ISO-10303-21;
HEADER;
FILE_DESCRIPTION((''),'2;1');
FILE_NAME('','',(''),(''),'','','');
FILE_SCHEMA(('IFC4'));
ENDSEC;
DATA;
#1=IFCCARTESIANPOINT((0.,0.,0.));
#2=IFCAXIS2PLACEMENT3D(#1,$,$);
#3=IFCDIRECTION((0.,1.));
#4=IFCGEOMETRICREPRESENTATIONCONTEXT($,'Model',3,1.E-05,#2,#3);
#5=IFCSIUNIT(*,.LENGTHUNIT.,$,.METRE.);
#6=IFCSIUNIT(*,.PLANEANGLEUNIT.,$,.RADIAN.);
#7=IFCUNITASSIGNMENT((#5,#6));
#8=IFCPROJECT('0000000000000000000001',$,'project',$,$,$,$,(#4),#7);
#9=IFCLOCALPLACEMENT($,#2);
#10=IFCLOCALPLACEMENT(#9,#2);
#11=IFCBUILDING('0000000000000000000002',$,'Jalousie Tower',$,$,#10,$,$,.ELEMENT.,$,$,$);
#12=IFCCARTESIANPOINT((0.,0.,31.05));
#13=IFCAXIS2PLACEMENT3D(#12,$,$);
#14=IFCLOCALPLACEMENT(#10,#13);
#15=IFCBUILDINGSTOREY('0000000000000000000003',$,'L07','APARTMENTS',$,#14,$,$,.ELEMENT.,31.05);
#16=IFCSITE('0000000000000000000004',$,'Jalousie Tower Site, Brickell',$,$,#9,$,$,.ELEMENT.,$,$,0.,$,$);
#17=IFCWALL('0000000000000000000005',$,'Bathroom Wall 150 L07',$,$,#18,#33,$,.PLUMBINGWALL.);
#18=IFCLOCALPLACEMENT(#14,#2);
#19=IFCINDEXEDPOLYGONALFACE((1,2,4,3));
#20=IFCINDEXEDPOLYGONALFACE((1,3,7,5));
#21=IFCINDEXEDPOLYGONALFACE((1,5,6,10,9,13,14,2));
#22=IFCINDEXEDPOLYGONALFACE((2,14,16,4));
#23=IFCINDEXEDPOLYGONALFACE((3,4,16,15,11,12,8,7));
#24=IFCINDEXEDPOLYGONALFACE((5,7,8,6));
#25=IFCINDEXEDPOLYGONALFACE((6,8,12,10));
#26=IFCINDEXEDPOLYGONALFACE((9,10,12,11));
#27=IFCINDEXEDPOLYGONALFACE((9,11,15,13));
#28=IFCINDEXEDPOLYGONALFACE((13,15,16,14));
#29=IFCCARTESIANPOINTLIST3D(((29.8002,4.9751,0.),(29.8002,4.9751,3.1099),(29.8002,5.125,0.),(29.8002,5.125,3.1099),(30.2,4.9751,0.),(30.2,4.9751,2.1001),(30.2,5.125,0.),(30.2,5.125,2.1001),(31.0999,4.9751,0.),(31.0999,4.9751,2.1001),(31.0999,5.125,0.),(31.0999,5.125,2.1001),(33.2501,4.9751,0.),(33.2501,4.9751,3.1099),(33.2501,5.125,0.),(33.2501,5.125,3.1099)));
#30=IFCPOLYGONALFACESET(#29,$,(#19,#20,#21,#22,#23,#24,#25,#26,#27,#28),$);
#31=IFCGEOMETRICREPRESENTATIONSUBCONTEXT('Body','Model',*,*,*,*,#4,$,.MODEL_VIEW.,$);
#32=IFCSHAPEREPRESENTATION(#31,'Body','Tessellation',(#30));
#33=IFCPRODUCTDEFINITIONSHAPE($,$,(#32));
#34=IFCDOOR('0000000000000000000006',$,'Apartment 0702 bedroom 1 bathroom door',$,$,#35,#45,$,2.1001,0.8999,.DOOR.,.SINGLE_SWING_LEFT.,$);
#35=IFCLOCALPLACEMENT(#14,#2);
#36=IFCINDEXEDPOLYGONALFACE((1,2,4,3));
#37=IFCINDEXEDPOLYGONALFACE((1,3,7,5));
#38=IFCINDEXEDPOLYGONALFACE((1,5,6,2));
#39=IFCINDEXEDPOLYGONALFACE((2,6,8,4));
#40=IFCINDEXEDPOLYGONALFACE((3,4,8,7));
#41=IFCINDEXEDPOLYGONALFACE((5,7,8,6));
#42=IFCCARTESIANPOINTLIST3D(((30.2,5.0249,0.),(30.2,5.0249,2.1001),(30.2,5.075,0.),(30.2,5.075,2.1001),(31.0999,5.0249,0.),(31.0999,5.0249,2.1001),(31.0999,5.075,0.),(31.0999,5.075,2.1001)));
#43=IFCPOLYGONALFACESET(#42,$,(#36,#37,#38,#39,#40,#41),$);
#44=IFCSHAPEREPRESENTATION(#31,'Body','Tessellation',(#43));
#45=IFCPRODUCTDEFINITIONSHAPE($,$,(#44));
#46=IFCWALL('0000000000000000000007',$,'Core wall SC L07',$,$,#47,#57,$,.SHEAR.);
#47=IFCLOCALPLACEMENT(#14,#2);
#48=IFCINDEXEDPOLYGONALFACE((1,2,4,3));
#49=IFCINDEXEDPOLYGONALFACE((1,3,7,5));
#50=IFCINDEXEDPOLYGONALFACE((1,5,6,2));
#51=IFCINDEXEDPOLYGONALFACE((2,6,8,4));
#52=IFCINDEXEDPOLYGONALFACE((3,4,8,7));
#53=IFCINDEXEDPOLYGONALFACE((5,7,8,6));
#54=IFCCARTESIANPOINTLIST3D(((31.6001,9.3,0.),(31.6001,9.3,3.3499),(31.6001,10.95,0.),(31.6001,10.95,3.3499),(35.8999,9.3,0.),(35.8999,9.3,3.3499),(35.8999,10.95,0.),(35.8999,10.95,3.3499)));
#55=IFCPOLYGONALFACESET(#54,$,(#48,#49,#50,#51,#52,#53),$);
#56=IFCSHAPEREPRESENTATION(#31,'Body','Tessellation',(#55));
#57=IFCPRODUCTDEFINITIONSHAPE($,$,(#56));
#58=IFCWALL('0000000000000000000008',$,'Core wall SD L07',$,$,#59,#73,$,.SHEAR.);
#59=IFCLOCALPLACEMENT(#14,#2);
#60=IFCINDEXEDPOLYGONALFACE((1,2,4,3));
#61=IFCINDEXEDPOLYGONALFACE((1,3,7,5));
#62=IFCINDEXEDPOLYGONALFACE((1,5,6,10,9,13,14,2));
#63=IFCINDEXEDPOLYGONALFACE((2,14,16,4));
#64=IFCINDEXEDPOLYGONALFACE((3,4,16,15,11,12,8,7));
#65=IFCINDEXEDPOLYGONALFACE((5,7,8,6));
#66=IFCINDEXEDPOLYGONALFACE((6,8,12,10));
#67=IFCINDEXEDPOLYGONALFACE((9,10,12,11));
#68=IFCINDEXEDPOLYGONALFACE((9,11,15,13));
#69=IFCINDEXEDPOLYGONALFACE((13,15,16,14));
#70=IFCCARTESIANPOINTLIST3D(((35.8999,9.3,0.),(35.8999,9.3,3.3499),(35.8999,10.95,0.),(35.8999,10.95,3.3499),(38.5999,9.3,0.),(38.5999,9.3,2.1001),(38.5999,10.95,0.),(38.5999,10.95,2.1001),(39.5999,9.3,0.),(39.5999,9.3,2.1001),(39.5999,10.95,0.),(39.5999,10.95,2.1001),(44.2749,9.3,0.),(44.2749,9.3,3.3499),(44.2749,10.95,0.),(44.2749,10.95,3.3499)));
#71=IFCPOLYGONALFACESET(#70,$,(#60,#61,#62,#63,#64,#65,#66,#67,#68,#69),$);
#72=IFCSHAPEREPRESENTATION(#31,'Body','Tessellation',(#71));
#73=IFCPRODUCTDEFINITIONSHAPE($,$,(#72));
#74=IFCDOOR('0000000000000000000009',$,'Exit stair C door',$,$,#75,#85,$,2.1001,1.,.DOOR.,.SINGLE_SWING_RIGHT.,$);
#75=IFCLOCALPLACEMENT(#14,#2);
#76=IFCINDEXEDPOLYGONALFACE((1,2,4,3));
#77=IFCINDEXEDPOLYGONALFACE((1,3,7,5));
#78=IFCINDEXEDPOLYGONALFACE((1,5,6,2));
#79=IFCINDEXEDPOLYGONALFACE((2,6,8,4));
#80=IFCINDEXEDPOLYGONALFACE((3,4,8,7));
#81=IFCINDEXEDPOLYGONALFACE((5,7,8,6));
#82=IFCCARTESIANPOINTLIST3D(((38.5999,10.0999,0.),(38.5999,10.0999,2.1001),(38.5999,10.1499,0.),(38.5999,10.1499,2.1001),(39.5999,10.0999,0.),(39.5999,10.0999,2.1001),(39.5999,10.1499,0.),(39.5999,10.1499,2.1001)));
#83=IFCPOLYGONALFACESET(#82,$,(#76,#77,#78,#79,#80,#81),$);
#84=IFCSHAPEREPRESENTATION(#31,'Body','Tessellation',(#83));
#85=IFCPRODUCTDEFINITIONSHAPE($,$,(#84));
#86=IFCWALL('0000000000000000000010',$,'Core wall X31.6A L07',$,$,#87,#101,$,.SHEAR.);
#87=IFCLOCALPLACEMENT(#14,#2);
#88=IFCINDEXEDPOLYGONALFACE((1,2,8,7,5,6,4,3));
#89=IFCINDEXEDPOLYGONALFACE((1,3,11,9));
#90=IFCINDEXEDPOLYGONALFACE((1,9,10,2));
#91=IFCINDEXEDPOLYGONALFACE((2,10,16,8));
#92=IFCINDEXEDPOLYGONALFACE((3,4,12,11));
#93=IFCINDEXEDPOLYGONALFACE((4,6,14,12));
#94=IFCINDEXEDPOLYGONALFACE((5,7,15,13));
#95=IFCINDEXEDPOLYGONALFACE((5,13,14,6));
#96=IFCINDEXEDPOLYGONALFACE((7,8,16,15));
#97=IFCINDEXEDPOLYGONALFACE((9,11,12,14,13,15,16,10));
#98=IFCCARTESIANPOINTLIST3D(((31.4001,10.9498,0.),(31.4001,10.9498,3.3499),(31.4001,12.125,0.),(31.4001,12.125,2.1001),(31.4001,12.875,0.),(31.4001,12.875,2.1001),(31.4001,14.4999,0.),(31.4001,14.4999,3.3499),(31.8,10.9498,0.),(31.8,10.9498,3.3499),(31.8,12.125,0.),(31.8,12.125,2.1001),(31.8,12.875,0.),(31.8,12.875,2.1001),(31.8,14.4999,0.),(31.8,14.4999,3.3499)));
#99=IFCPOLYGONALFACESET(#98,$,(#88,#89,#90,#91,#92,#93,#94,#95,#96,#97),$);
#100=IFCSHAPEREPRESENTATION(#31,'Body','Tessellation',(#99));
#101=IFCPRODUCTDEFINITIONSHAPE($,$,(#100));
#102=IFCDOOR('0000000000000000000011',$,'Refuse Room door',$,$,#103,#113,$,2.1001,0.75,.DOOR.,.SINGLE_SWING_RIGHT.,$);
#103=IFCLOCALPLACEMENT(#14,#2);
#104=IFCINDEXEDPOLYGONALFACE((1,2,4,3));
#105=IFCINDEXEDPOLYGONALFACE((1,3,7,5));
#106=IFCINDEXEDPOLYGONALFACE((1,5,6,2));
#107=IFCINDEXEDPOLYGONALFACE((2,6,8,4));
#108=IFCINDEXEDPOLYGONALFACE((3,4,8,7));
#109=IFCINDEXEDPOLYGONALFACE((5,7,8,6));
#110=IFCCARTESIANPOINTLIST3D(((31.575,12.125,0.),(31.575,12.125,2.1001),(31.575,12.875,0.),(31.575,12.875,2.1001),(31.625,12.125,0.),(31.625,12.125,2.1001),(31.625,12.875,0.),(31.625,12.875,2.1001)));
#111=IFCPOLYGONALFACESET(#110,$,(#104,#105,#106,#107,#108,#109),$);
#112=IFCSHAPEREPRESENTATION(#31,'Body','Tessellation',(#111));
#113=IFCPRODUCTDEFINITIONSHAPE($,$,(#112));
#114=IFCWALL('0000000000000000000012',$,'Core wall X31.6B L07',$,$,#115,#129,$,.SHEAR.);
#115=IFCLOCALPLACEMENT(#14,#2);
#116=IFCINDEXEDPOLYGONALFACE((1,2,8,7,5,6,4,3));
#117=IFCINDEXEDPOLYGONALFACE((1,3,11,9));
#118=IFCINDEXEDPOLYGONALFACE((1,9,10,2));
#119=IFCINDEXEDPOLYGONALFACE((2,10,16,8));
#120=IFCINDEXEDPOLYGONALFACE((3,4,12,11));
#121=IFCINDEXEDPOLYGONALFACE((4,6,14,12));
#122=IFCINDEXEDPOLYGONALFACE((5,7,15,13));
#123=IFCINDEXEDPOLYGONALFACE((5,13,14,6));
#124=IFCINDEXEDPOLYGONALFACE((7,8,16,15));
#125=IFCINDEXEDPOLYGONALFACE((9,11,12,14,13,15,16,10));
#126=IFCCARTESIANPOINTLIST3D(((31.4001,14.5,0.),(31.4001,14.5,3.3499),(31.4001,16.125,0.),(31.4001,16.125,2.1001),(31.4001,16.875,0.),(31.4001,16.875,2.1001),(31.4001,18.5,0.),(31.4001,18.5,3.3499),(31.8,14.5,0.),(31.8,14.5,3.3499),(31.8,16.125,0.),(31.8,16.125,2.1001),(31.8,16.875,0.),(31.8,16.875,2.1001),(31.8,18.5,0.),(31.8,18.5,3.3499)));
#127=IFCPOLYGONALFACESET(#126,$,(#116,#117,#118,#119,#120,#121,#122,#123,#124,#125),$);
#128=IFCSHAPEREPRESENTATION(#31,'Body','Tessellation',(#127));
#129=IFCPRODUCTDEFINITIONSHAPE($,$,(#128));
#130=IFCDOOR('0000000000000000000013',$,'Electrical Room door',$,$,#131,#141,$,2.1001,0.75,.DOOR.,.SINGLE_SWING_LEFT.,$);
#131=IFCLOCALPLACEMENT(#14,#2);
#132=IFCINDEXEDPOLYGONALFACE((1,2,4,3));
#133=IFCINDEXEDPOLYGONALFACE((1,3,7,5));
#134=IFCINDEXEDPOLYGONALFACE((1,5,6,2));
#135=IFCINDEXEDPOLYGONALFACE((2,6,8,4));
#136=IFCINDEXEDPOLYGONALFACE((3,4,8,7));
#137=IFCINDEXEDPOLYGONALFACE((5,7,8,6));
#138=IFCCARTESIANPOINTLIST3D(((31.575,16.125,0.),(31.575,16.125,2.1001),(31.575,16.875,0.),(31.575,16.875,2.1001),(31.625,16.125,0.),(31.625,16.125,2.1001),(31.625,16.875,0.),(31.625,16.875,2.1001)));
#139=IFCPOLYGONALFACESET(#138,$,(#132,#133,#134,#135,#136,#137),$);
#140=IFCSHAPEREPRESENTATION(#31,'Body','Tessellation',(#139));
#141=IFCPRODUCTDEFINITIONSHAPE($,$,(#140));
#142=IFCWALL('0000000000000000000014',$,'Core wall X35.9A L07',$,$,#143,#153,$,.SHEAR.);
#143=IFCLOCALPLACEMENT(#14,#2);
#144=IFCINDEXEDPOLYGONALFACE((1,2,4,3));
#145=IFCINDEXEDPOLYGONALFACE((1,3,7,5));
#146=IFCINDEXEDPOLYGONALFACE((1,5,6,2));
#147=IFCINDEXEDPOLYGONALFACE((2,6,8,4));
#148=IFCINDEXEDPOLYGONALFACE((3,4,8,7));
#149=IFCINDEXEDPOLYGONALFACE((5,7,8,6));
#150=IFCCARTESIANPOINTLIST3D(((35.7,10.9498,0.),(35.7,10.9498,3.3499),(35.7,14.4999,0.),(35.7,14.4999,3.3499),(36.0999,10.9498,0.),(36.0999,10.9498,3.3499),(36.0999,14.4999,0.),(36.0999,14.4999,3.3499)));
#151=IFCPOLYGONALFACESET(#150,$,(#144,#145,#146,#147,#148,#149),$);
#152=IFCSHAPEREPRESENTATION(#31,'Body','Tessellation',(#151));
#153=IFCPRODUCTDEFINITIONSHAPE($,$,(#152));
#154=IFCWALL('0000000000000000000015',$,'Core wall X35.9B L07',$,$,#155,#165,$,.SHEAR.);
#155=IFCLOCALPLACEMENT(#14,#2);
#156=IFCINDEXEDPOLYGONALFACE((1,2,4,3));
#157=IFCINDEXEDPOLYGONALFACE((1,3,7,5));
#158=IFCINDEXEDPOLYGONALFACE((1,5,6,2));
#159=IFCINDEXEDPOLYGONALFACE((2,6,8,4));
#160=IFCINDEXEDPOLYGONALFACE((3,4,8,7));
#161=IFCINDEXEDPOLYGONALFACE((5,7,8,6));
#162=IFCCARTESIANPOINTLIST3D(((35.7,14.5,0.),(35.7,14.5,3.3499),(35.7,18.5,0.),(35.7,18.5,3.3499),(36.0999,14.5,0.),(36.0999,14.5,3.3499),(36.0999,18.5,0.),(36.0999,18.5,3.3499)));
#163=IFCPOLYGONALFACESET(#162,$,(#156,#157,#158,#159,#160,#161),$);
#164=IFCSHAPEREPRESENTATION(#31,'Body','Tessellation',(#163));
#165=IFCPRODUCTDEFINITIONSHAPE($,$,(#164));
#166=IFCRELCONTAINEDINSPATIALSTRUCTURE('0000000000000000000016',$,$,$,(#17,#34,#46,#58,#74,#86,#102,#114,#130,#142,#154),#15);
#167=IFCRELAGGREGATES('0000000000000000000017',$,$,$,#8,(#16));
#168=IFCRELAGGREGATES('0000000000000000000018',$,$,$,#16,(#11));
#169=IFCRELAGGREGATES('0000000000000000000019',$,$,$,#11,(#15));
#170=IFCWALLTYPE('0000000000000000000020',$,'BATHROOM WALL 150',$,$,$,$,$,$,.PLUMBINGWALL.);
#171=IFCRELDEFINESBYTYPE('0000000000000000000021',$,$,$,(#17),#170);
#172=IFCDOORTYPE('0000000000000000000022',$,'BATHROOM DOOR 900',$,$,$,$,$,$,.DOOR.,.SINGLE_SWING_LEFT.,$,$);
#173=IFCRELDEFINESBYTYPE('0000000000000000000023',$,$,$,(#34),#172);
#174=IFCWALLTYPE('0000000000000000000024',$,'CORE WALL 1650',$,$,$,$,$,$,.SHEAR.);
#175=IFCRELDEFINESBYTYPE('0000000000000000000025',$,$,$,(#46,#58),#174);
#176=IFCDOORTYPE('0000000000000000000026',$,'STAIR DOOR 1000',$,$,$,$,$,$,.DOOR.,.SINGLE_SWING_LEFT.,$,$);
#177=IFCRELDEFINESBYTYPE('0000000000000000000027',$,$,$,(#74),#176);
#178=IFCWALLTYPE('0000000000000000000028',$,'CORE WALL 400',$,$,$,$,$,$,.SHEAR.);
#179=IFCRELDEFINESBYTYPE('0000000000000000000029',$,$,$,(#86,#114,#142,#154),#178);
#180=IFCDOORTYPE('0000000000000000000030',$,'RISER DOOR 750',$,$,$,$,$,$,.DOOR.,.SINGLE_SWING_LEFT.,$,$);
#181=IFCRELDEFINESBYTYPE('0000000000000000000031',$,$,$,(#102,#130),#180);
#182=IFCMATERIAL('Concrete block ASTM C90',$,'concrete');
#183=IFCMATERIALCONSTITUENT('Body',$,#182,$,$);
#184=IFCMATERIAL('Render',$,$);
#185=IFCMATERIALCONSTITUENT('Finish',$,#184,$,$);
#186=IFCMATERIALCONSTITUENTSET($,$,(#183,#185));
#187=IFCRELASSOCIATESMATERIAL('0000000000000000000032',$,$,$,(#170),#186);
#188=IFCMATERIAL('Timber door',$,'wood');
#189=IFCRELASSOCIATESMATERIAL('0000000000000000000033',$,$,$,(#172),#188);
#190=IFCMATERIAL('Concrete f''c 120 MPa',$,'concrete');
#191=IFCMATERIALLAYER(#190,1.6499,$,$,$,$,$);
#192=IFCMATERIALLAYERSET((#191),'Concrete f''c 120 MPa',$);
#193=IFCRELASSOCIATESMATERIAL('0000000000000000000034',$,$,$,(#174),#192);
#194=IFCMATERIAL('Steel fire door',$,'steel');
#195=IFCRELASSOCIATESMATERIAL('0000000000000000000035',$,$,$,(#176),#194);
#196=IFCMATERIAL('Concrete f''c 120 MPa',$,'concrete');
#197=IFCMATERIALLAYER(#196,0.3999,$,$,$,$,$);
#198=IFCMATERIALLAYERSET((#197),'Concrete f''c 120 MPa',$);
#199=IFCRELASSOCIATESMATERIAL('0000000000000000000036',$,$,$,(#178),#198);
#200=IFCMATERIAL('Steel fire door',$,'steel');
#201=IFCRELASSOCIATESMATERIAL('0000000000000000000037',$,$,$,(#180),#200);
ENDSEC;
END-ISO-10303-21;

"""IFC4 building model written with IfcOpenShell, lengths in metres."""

from ifc_helpers import new_model, si_unit, direction, frame, frame_2d, origin, place, context, subcontext, project, spatial, rectangle, extrude, material, layer, layer_set, constituent, constituent_set, type_object, element, fill, save


model = new_model("IFC4")

# Units and contexts
model_context = context("Model", 3, precision=1e-05, world=origin(), true_north=direction((0.0, 1.0)))
body_context = subcontext(model_context, "Body", "Model", "MODEL_VIEW")
ifc_project = project(units=[si_unit("LENGTHUNIT", "METRE"), si_unit("PLANEANGLEUNIT", "RADIAN")], contexts=[model_context])

# Site, building, storey
site_placement = place(None, origin())
site = spatial("IfcSite", under=ifc_project, at=site_placement, Name="Jalousie Tower Site, Brickell", CompositionType="ELEMENT", RefElevation=0.0)
building_placement = place(site_placement, origin())
building = spatial("IfcBuilding", under=site, at=building_placement, Name="Jalousie Tower", CompositionType="ELEMENT")
storey_placement = place(building_placement, frame((0.0, 0.0, 31.05)))
storey = spatial("IfcBuildingStorey", under=building, at=storey_placement, Name="L07", Description="APARTMENTS", CompositionType="ELEMENT", Elevation=31.05)

# Wall, opening, door
ifc_material_1 = material(Name="Concrete block ASTM C90", Category="concrete")
ifc_constituent_1 = constituent(ifc_material_1, Name="Body")
ifc_material_2 = material(Name="Render")
ifc_constituent_2 = constituent(ifc_material_2, Name="Finish")
ifc_constituent_set_1 = constituent_set(constituents=[ifc_constituent_1, ifc_constituent_2])
wall_type_1 = type_object("IfcWallType", Name="BATHROOM WALL 150", PredefinedType="PLUMBINGWALL", material=ifc_constituent_set_1)
wall_1_placement = place(storey_placement, frame((29.8, 5.05, 0.0), z_axis=(0.0, 0.0, 1.0), x_axis=(1.0, 0.0, 0.0)))
wall_1 = element("IfcWall", 1, at=wall_1_placement, inside=storey, type_object=wall_type_1, Name="Bathroom Wall 150 L07", PredefinedType="PLUMBINGWALL", context=body_context, shape_type="SweptSolid", body=[
    extrude(rectangle(XDim=3.45, YDim=0.1499, at=frame_2d((1.7251, 0.0))), origin(), (0.0, 0.0, 1.0), 3.1099),
])
opening_1_placement = place(wall_1_placement, frame((0.3999, 0.0, 0.0)))
opening_1 = element("IfcOpeningElement", 2, at=opening_1_placement, cuts=wall_1, PredefinedType="OPENING", context=body_context, shape_type="SweptSolid", body=[
    extrude(rectangle(XDim=0.8999, YDim=2.1001, at=frame_2d((0.45, 1.05))), frame((0.0, 0.085, 0.0), z_axis=(0.0, -1.0, 0.0), x_axis=(1.0, 0.0, 0.0)), (0.0, 0.0, 1.0), 0.1699),
])
ifc_material_3 = material(Name="Timber door", Category="wood")
door_type_1 = type_object("IfcDoorType", Name="BATHROOM DOOR 900", OperationType="SINGLE_SWING_LEFT", PredefinedType="DOOR", material=ifc_material_3)
door_1_placement = place(opening_1_placement, origin())
door_1 = element("IfcDoor", 3, at=door_1_placement, inside=storey, type_object=door_type_1, Name="Apartment 0702 bedroom 1 bathroom door", OperationType="SINGLE_SWING_LEFT", OverallHeight=2.1001, OverallWidth=0.8999, PredefinedType="DOOR", context=body_context, shape_type="SweptSolid", body=[
    extrude(rectangle(XDim=0.8999, YDim=2.1001, at=frame_2d((0.45, 1.05))), frame((0.0, 0.0249, 0.0), z_axis=(0.0, -1.0, 0.0), x_axis=(1.0, 0.0, 0.0)), (0.0, 0.0, 1.0), 0.05),
])
fill(opening_1, door_1)

# Wall
ifc_material_4 = material(Name="Concrete f'c 120 MPa", Category="concrete")
ifc_layer_1 = layer(ifc_material_4, 1.6499)
ifc_layer_set_1 = layer_set([ifc_layer_1], Name="Concrete f'c 120 MPa")
wall_type_2 = type_object("IfcWallType", Name="CORE WALL 1650", PredefinedType="SHEAR", material=ifc_layer_set_1)
wall_2_placement = place(storey_placement, frame((31.6001, 10.125, 0.0), z_axis=(0.0, 0.0, 1.0), x_axis=(1.0, 0.0, 0.0)))
element("IfcWall", 4, at=wall_2_placement, inside=storey, type_object=wall_type_2, Name="Core wall SC L07", PredefinedType="SHEAR", context=body_context, shape_type="SweptSolid", body=[
    extrude(rectangle(XDim=4.2998, YDim=1.6499, at=frame_2d((2.1499, 0.0))), origin(), (0.0, 0.0, 1.0), 3.3499),
])

# Walls, openings, doors
wall_3_placement = place(storey_placement, frame((35.8999, 10.125, 0.0), z_axis=(0.0, 0.0, 1.0), x_axis=(1.0, 0.0, 0.0)))
wall_3 = element("IfcWall", 5, at=wall_3_placement, inside=storey, type_object=wall_type_2, Name="Core wall SD L07", PredefinedType="SHEAR", context=body_context, shape_type="SweptSolid", body=[
    extrude(rectangle(XDim=8.375, YDim=1.6499, at=frame_2d((4.1875, 0.0))), origin(), (0.0, 0.0, 1.0), 3.3499),
])
opening_2_placement = place(wall_3_placement, frame((2.7, 0.0, 0.0)))
opening_2 = element("IfcOpeningElement", 6, at=opening_2_placement, cuts=wall_3, PredefinedType="OPENING", context=body_context, shape_type="SweptSolid", body=[
    extrude(rectangle(XDim=1.0, YDim=2.1001, at=frame_2d((0.5, 1.05))), frame((0.0, 0.835, 0.0), z_axis=(0.0, -1.0, 0.0), x_axis=(1.0, 0.0, 0.0)), (0.0, 0.0, 1.0), 1.6699),
])
ifc_material_5 = material(Name="Steel fire door", Category="steel")
door_type_2 = type_object("IfcDoorType", Name="STAIR DOOR 1000", OperationType="SINGLE_SWING_LEFT", PredefinedType="DOOR", material=ifc_material_5)
door_2_placement = place(opening_2_placement, origin())
door_2 = element("IfcDoor", 7, at=door_2_placement, inside=storey, type_object=door_type_2, Name="Exit stair C door", OperationType="SINGLE_SWING_RIGHT", OverallHeight=2.1001, OverallWidth=1.0, PredefinedType="DOOR", context=body_context, shape_type="SweptSolid", body=[
    extrude(rectangle(XDim=1.0, YDim=2.1001, at=frame_2d((0.5, 1.05))), frame((0.0, 0.0249, 0.0), z_axis=(0.0, -1.0, 0.0), x_axis=(1.0, 0.0, 0.0)), (0.0, 0.0, 1.0), 0.05),
])
fill(opening_2, door_2)
ifc_material_6 = material(Name="Concrete f'c 120 MPa", Category="concrete")
ifc_layer_2 = layer(ifc_material_6, 0.3999)
ifc_layer_set_2 = layer_set([ifc_layer_2], Name="Concrete f'c 120 MPa")
wall_type_3 = type_object("IfcWallType", Name="CORE WALL 400", PredefinedType="SHEAR", material=ifc_layer_set_2)
wall_4_placement = place(storey_placement, frame((31.6001, 10.95, 0.0), z_axis=(0.0, 0.0, 1.0), x_axis=(0.0, 1.0, 0.0)))
wall_4 = element("IfcWall", 8, at=wall_4_placement, inside=storey, type_object=wall_type_3, Name="Core wall X31.6A L07", PredefinedType="SHEAR", context=body_context, shape_type="SweptSolid", body=[
    extrude(rectangle(XDim=3.55, YDim=0.3999, at=frame_2d((1.7749, 0.0))), origin(), (0.0, 0.0, 1.0), 3.3499),
])
opening_3_placement = place(wall_4_placement, frame((1.175, 0.0, 0.0)))
opening_3 = element("IfcOpeningElement", 9, at=opening_3_placement, cuts=wall_4, PredefinedType="OPENING", context=body_context, shape_type="SweptSolid", body=[
    extrude(rectangle(XDim=0.75, YDim=2.1001, at=frame_2d((0.375, 1.05))), frame((0.0, 0.21, 0.0), z_axis=(0.0, -1.0, 0.0), x_axis=(1.0, 0.0, 0.0)), (0.0, 0.0, 1.0), 0.4199),
])
ifc_material_7 = material(Name="Steel fire door", Category="steel")
door_type_3 = type_object("IfcDoorType", Name="RISER DOOR 750", OperationType="SINGLE_SWING_LEFT", PredefinedType="DOOR", material=ifc_material_7)
door_3_placement = place(opening_3_placement, frame((0.75, 0.0, 0.0), z_axis=(0.0, 0.0, 1.0), x_axis=(-1.0, 0.0, 0.0)))
door_3 = element("IfcDoor", 10, at=door_3_placement, inside=storey, type_object=door_type_3, Name="Refuse Room door", OperationType="SINGLE_SWING_RIGHT", OverallHeight=2.1001, OverallWidth=0.75, PredefinedType="DOOR", context=body_context, shape_type="SweptSolid", body=[
    extrude(rectangle(XDim=0.75, YDim=2.1001, at=frame_2d((0.375, 1.05))), frame((0.0, 0.0249, 0.0), z_axis=(0.0, -1.0, 0.0), x_axis=(1.0, 0.0, 0.0)), (0.0, 0.0, 1.0), 0.05),
])
fill(opening_3, door_3)
wall_5_placement = place(storey_placement, frame((31.6001, 14.5, 0.0), z_axis=(0.0, 0.0, 1.0), x_axis=(0.0, 1.0, 0.0)))
wall_5 = element("IfcWall", 11, at=wall_5_placement, inside=storey, type_object=wall_type_3, Name="Core wall X31.6B L07", PredefinedType="SHEAR", context=body_context, shape_type="SweptSolid", body=[
    extrude(rectangle(XDim=4.0, YDim=0.3999, at=frame_2d((2.0, 0.0))), origin(), (0.0, 0.0, 1.0), 3.3499),
])
opening_4_placement = place(wall_5_placement, frame((1.625, 0.0, 0.0)))
opening_4 = element("IfcOpeningElement", 12, at=opening_4_placement, cuts=wall_5, PredefinedType="OPENING", context=body_context, shape_type="SweptSolid", body=[
    extrude(rectangle(XDim=0.75, YDim=2.1001, at=frame_2d((0.375, 1.05))), frame((0.0, 0.21, 0.0), z_axis=(0.0, -1.0, 0.0), x_axis=(1.0, 0.0, 0.0)), (0.0, 0.0, 1.0), 0.4199),
])
door_4_placement = place(opening_4_placement, frame((0.75, 0.0, 0.0), z_axis=(0.0, 0.0, 1.0), x_axis=(-1.0, 0.0, 0.0)))
door_4 = element("IfcDoor", 13, at=door_4_placement, inside=storey, type_object=door_type_3, Name="Electrical Room door", OperationType="SINGLE_SWING_LEFT", OverallHeight=2.1001, OverallWidth=0.75, PredefinedType="DOOR", context=body_context, shape_type="SweptSolid", body=[
    extrude(rectangle(XDim=0.75, YDim=2.1001, at=frame_2d((0.375, 1.05))), frame((0.0, 0.0249, 0.0), z_axis=(0.0, -1.0, 0.0), x_axis=(1.0, 0.0, 0.0)), (0.0, 0.0, 1.0), 0.05),
])
fill(opening_4, door_4)

# Walls
wall_6_placement = place(storey_placement, frame((35.8999, 10.95, 0.0), z_axis=(0.0, 0.0, 1.0), x_axis=(0.0, 1.0, 0.0)))
element("IfcWall", 14, at=wall_6_placement, inside=storey, type_object=wall_type_3, Name="Core wall X35.9A L07", PredefinedType="SHEAR", context=body_context, shape_type="SweptSolid", body=[
    extrude(rectangle(XDim=3.55, YDim=0.3999, at=frame_2d((1.7749, 0.0))), origin(), (0.0, 0.0, 1.0), 3.3499),
])
wall_7_placement = place(storey_placement, frame((35.8999, 14.5, 0.0), z_axis=(0.0, 0.0, 1.0), x_axis=(0.0, 1.0, 0.0)))
element("IfcWall", 15, at=wall_7_placement, inside=storey, type_object=wall_type_3, Name="Core wall X35.9B L07", PredefinedType="SHEAR", context=body_context, shape_type="SweptSolid", body=[
    extrude(rectangle(XDim=4.0, YDim=0.3999, at=frame_2d((2.0, 0.0))), origin(), (0.0, 0.0, 1.0), 3.3499),
])

save(model, "model.ifc")
